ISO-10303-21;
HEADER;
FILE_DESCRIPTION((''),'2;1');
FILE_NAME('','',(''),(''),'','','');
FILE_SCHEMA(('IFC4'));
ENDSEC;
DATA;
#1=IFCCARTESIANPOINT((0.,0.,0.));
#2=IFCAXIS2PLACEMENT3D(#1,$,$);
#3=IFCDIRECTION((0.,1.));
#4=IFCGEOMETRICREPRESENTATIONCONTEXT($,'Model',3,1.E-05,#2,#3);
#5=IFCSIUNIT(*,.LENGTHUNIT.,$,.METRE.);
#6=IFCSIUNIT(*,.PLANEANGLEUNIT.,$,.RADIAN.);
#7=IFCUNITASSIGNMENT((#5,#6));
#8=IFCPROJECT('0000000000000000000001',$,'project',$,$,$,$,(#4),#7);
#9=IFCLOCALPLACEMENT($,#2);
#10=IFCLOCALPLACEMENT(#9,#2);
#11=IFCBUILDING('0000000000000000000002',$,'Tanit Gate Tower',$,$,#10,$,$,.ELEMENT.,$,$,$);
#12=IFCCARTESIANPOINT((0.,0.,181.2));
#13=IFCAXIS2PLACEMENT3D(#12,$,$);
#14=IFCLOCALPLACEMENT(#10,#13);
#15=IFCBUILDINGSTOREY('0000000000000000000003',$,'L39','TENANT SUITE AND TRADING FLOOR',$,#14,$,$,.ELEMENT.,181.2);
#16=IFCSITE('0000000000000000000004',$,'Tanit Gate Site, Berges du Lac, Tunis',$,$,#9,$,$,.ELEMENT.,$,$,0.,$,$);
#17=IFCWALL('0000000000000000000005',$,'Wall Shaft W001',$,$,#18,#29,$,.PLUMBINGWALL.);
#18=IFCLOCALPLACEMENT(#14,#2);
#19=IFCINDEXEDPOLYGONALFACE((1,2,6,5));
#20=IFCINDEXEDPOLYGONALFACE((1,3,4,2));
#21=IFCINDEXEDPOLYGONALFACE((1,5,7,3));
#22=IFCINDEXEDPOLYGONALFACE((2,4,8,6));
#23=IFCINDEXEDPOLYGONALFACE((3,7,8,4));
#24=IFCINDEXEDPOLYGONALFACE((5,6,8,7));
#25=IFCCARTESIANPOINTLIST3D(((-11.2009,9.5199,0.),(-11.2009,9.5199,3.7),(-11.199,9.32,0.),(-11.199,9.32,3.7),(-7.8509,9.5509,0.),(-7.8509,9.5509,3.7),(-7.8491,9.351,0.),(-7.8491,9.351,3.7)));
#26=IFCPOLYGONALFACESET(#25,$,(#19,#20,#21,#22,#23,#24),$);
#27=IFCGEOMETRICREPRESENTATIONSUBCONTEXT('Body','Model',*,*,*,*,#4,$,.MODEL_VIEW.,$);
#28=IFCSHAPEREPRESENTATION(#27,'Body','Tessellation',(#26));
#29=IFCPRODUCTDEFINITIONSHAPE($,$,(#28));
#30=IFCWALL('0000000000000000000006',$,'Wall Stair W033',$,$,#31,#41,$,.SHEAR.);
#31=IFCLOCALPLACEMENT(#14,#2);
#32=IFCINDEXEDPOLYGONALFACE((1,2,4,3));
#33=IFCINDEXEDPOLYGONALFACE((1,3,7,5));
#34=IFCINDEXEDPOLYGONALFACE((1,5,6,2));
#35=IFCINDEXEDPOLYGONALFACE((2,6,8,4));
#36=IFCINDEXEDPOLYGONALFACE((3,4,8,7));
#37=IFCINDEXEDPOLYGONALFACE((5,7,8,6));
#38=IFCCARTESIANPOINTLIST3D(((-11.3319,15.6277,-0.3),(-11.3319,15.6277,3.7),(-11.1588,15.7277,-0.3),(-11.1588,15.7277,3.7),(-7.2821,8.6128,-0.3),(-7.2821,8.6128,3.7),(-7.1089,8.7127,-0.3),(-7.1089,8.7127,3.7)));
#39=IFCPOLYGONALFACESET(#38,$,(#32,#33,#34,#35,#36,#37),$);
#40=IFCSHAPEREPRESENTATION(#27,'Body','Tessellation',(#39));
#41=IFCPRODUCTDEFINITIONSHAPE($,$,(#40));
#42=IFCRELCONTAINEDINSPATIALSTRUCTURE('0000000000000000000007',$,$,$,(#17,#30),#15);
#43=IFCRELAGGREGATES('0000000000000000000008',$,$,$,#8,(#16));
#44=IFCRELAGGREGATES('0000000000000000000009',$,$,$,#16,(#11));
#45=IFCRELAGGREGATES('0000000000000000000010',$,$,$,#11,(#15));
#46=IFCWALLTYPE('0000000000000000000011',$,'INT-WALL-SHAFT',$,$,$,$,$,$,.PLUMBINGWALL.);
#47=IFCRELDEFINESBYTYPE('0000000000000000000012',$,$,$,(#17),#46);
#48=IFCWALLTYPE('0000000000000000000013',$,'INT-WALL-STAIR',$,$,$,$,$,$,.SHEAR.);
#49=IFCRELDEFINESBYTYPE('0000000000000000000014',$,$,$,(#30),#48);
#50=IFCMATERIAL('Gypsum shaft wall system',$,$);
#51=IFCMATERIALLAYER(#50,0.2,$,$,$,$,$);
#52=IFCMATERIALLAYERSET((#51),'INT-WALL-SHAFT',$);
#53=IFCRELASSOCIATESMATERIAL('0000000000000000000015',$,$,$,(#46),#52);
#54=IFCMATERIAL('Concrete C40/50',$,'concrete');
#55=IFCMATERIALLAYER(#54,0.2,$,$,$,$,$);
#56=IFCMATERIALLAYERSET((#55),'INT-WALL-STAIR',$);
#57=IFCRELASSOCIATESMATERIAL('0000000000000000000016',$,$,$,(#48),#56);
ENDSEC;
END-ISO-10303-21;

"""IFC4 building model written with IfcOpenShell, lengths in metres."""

from ifc_helpers import new_model, si_unit, direction, frame, frame_2d, origin, place, context, subcontext, project, spatial, rectangle, extrude, material, layer, layer_set, type_object, element, save


model = new_model("IFC4")

# Units and contexts
model_context = context("Model", 3, precision=1e-05, world=origin(), true_north=direction((0.0, 1.0)))
body_context = subcontext(model_context, "Body", "Model", "MODEL_VIEW")
ifc_project = project(units=[si_unit("LENGTHUNIT", "METRE"), si_unit("PLANEANGLEUNIT", "RADIAN")], contexts=[model_context])

# Site, building, storey
site_placement = place(None, origin())
site = spatial("IfcSite", under=ifc_project, at=site_placement, Name="Tanit Gate Site, Berges du Lac, Tunis", CompositionType="ELEMENT", RefElevation=0.0)
building_placement = place(site_placement, origin())
building = spatial("IfcBuilding", under=site, at=building_placement, Name="Tanit Gate Tower", CompositionType="ELEMENT")
storey_placement = place(building_placement, frame((0.0, 0.0, 181.2)))
storey = spatial("IfcBuildingStorey", under=building, at=storey_placement, Name="L39", Description="TENANT SUITE AND TRADING FLOOR", CompositionType="ELEMENT", Elevation=181.2)

# Walls
ifc_material_1 = material(Name="Gypsum shaft wall system")
ifc_layer_1 = layer(ifc_material_1, 0.2)
ifc_layer_set_1 = layer_set([ifc_layer_1], Name="INT-WALL-SHAFT")
wall_type_1 = type_object("IfcWallType", Name="INT-WALL-SHAFT", PredefinedType="PLUMBINGWALL", material=ifc_layer_set_1)
wall_1_placement = place(storey_placement, frame((-11.2, 9.4199, 0.0), z_axis=(0.0, 0.0, 1.0), x_axis=(0.999957, 0.009255, 0.0)))
element("IfcWall", 1, at=wall_1_placement, inside=storey, type_object=wall_type_1, Name="Wall Shaft W001", PredefinedType="PLUMBINGWALL", context=body_context, shape_type="SweptSolid", body=[
    extrude(rectangle(XDim=3.3501, YDim=0.2, at=frame_2d((1.675, 0.0))), origin(), (0.0, 0.0, 1.0), 3.7),
])
ifc_material_2 = material(Name="Concrete C40/50", Category="concrete")
ifc_layer_2 = layer(ifc_material_2, 0.2)
ifc_layer_set_2 = layer_set([ifc_layer_2], Name="INT-WALL-STAIR")
wall_type_2 = type_object("IfcWallType", Name="INT-WALL-STAIR", PredefinedType="SHEAR", material=ifc_layer_set_2)
wall_2_placement = place(storey_placement, frame((-11.2454, 15.6777, -0.3), z_axis=(0.0, 0.0, 1.0), x_axis=(0.499977, -0.866039, 0.0)))
element("IfcWall", 2, at=wall_2_placement, inside=storey, type_object=wall_type_2, Name="Wall Stair W033", PredefinedType="SHEAR", context=body_context, shape_type="SweptSolid", body=[
    extrude(rectangle(XDim=8.1001, YDim=0.2, at=frame_2d((4.05, 0.0))), origin(), (0.0, 0.0, 1.0), 4.0),
])

save(model, "model.ifc")
